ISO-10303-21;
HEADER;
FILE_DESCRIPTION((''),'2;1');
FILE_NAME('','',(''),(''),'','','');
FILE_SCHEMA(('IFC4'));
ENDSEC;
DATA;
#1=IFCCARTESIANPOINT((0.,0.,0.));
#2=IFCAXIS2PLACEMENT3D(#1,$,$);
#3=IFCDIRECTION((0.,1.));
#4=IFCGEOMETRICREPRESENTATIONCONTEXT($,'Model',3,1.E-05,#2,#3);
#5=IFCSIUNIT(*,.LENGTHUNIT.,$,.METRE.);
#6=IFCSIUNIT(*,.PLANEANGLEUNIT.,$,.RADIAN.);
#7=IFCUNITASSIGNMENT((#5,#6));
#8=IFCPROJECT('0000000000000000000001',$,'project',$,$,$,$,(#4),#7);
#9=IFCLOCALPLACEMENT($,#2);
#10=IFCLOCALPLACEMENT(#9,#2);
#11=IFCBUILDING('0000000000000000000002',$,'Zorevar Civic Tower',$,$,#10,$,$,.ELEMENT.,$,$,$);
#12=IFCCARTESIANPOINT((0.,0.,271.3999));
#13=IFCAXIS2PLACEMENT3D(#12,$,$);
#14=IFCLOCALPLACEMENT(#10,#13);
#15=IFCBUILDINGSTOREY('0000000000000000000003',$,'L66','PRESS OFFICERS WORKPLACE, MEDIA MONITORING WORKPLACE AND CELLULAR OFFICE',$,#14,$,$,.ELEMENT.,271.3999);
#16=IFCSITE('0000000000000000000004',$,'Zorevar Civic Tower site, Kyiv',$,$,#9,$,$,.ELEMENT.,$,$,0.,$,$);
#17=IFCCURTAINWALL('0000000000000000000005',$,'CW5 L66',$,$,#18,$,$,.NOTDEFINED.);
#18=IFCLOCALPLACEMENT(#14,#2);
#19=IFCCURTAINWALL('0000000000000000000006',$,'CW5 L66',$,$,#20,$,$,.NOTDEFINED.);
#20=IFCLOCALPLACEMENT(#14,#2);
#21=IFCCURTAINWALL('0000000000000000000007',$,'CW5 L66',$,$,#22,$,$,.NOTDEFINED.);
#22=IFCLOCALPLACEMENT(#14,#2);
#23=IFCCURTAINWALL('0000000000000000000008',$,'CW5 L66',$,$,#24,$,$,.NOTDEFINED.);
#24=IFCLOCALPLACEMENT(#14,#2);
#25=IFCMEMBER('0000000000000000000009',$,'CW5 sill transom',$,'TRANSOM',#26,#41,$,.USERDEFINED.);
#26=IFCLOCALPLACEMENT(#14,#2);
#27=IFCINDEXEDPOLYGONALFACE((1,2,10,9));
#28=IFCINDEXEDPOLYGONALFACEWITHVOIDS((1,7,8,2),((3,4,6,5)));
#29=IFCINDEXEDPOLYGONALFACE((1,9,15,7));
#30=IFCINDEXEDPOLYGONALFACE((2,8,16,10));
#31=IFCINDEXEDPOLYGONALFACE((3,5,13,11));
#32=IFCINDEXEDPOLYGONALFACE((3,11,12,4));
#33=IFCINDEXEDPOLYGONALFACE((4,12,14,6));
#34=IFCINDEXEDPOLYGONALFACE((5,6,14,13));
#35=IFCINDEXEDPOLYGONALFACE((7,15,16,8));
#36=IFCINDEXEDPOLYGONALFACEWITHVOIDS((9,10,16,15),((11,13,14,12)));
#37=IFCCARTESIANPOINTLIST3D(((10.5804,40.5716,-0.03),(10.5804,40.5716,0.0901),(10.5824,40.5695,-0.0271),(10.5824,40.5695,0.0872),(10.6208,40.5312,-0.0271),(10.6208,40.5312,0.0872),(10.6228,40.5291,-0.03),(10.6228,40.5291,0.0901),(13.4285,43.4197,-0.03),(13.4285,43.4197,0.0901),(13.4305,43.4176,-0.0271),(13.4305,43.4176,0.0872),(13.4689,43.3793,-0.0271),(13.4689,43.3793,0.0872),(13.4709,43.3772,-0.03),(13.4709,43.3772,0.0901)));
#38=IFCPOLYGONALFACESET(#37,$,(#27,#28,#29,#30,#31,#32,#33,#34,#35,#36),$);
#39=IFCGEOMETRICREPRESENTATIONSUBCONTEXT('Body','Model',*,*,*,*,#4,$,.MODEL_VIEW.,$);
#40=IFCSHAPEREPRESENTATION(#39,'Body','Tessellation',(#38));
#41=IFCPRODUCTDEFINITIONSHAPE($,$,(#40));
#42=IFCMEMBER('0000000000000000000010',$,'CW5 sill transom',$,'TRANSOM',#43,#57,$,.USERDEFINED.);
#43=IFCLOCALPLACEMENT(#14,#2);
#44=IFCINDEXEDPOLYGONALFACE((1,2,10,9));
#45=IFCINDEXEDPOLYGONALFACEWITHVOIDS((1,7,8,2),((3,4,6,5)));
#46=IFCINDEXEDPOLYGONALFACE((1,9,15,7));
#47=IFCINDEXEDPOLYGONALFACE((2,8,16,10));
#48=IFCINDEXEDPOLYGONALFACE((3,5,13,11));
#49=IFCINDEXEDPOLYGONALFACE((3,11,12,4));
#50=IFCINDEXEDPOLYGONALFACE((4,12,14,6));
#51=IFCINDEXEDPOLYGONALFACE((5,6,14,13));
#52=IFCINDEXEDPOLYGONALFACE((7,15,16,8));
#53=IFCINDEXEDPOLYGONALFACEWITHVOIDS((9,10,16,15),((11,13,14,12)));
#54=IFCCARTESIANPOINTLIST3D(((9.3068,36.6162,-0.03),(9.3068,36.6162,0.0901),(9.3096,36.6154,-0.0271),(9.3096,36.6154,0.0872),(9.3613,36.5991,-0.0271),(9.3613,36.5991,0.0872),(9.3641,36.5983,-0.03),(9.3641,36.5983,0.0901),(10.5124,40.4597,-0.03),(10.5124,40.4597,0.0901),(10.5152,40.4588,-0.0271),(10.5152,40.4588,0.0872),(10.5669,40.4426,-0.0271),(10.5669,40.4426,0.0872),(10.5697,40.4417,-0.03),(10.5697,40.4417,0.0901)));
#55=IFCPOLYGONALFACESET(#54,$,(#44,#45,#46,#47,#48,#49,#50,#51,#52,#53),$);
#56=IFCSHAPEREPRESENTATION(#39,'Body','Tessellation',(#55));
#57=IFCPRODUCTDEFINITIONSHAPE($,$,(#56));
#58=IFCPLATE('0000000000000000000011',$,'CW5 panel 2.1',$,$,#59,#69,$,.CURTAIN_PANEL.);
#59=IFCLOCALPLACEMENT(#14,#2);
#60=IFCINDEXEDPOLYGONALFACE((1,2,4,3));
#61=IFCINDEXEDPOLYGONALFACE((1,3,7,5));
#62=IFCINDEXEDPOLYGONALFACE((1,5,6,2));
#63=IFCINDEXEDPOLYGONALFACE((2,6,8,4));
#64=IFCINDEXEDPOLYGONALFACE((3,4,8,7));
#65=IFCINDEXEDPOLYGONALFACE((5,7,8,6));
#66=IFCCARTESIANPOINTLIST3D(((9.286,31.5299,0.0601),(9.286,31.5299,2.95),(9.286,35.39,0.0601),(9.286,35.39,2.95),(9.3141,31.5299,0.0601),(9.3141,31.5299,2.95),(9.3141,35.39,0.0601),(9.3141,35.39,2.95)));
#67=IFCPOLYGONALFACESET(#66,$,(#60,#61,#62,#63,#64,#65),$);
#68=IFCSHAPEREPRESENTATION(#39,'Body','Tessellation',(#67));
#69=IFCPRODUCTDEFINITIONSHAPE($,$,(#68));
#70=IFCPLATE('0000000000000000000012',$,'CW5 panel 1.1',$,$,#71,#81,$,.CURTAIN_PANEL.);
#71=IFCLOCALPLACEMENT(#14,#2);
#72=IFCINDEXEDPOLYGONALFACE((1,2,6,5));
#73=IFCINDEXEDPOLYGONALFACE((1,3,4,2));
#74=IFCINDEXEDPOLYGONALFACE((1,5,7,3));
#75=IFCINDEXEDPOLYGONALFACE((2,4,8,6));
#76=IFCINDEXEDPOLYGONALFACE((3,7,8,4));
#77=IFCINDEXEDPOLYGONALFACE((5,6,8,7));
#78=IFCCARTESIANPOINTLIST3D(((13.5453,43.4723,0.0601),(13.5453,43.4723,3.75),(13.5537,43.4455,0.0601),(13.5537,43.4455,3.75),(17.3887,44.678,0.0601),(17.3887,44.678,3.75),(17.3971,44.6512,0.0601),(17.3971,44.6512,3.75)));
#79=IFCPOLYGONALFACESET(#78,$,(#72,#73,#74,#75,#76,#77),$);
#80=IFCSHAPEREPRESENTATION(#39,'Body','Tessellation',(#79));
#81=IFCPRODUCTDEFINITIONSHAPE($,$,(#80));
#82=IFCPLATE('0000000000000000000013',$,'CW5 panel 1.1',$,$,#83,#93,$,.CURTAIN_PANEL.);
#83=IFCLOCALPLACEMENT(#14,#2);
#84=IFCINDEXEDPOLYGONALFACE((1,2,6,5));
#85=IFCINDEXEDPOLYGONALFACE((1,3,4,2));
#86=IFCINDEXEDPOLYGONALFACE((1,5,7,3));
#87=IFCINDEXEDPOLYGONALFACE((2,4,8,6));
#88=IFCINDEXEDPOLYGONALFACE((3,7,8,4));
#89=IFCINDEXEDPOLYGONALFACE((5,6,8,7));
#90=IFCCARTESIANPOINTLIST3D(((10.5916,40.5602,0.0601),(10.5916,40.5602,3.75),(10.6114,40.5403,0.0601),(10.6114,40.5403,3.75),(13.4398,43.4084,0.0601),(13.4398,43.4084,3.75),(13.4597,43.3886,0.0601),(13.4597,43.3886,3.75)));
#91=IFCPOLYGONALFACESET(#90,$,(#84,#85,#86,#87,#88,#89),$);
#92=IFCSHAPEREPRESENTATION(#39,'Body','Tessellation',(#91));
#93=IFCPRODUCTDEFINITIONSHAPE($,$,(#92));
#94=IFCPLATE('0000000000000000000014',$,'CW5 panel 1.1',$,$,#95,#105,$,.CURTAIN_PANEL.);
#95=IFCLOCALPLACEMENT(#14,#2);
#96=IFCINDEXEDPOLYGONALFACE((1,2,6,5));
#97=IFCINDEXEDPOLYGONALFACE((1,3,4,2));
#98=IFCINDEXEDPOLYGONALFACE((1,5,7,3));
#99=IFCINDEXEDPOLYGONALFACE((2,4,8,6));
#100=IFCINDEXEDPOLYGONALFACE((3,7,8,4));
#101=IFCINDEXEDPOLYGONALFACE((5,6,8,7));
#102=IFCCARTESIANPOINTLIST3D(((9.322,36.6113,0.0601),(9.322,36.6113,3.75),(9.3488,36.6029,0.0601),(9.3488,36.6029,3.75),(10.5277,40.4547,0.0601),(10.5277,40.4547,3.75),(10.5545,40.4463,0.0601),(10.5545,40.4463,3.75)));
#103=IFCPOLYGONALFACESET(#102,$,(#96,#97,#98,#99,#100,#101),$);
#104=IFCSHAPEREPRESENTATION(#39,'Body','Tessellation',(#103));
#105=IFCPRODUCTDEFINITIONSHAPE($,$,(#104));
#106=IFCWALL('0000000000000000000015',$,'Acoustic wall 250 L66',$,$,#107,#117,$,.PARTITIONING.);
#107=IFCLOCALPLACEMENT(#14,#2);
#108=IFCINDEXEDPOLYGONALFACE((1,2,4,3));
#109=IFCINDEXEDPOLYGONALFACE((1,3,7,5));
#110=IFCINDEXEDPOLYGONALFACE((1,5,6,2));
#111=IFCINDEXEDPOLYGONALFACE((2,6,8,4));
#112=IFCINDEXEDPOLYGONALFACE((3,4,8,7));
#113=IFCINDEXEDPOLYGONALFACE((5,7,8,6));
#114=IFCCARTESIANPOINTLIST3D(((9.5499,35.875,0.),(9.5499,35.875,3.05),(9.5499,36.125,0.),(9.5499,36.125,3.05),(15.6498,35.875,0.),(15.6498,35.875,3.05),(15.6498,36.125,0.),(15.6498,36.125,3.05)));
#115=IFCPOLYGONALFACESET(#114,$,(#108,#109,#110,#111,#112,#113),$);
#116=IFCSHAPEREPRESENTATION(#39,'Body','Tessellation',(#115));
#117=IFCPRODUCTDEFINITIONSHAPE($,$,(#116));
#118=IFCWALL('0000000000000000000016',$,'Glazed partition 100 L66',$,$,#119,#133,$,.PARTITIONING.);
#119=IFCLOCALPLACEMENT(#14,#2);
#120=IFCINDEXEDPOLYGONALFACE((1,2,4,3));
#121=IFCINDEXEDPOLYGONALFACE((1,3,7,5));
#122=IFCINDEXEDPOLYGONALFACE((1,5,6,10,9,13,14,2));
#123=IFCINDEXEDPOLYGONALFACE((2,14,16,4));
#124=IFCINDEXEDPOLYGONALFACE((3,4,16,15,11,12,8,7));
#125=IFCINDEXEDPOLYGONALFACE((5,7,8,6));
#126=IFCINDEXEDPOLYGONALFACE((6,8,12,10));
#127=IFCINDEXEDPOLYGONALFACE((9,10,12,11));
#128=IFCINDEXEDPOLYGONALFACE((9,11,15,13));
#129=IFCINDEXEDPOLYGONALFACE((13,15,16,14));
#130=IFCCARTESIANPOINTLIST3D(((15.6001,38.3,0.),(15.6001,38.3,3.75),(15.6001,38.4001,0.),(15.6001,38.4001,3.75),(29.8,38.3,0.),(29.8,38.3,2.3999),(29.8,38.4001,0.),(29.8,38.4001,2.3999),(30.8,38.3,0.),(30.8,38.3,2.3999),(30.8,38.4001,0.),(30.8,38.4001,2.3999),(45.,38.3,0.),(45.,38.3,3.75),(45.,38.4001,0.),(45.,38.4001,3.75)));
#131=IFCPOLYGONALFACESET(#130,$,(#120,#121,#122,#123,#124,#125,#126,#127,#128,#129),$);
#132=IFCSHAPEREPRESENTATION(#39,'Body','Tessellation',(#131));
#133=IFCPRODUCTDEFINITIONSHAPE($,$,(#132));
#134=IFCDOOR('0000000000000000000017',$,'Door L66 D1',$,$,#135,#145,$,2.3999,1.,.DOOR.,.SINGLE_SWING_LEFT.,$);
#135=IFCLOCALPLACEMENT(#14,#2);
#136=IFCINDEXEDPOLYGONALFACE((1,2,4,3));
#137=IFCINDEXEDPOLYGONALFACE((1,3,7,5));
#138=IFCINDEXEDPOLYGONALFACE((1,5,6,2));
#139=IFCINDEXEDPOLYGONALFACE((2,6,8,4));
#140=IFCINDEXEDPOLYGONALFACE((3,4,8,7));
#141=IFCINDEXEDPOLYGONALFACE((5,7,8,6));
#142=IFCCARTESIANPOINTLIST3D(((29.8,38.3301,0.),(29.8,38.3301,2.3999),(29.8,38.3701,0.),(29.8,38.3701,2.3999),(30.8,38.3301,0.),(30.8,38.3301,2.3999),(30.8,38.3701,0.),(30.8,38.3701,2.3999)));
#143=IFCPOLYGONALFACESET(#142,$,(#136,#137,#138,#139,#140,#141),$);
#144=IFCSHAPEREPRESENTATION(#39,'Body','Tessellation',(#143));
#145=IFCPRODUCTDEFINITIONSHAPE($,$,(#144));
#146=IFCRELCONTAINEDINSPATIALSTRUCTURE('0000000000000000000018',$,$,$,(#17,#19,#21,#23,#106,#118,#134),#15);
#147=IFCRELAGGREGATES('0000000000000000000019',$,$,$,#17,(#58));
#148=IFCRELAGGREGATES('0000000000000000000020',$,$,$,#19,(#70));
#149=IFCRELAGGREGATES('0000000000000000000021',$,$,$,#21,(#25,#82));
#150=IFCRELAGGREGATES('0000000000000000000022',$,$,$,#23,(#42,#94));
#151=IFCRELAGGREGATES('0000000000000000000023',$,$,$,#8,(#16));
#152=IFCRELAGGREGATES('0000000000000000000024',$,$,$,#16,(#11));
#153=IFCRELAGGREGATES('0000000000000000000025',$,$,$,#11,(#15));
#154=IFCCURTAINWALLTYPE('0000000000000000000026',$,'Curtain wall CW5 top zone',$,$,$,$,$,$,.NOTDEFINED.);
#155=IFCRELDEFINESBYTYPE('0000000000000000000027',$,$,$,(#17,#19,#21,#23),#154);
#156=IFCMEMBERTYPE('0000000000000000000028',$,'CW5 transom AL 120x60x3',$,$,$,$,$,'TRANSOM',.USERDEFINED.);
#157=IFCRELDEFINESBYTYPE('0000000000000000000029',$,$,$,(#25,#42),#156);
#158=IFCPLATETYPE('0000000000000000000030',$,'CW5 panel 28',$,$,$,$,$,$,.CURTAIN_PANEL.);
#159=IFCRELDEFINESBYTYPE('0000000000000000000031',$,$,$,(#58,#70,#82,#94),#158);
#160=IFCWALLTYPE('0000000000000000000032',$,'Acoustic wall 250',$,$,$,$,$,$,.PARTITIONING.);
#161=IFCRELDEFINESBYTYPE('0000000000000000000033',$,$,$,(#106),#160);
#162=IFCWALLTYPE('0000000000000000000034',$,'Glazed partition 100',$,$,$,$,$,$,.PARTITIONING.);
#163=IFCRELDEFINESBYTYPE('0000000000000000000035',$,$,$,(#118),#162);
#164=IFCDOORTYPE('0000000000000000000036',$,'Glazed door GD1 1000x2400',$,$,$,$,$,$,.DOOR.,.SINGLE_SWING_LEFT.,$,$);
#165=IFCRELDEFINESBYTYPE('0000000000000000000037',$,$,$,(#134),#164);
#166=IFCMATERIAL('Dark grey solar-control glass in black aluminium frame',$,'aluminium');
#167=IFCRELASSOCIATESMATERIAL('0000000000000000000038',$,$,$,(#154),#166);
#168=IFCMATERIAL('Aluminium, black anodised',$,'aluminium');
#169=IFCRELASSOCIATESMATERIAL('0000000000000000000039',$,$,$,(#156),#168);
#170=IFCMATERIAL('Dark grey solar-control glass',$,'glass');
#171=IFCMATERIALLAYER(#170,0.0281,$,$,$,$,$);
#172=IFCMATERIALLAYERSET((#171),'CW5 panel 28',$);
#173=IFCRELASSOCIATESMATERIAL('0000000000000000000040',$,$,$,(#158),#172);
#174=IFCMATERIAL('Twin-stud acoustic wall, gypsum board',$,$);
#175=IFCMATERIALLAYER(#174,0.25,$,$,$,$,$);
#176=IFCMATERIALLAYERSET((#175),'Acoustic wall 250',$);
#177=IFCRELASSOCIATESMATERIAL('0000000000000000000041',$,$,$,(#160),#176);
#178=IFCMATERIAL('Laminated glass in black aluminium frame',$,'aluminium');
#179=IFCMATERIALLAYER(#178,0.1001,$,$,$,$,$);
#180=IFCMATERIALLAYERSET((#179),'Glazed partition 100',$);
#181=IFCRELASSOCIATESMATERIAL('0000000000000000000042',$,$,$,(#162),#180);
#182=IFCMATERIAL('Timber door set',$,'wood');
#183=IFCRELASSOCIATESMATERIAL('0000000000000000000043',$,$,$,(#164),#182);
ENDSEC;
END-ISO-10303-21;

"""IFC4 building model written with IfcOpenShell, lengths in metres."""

from ifc_helpers import new_model, si_unit, direction, frame, frame_2d, origin, origin_2d, place, context, subcontext, project, spatial, rectangle, hollow_rectangle, extrude, material, layer, layer_set, material_profile, profile_set, type_object, element, fill, aggregate, save


model = new_model("IFC4")

# Units and contexts
model_context = context("Model", 3, precision=1e-05, world=origin(), true_north=direction((0.0, 1.0)))
body_context = subcontext(model_context, "Body", "Model", "MODEL_VIEW")
ifc_project = project(units=[si_unit("LENGTHUNIT", "METRE"), si_unit("PLANEANGLEUNIT", "RADIAN")], contexts=[model_context])

# Site, building, storey
site_placement = place(None, origin())
site = spatial("IfcSite", under=ifc_project, at=site_placement, Name="Zorevar Civic Tower site, Kyiv", CompositionType="ELEMENT", RefElevation=0.0)
building_placement = place(site_placement, origin())
building = spatial("IfcBuilding", under=site, at=building_placement, Name="Zorevar Civic Tower", CompositionType="ELEMENT")
storey_placement = place(building_placement, frame((0.0, 0.0, 271.3999)))
storey = spatial("IfcBuildingStorey", under=building, at=storey_placement, Name="L66", Description="PRESS OFFICERS WORKPLACE, MEDIA MONITORING WORKPLACE AND CELLULAR OFFICE", CompositionType="ELEMENT", Elevation=271.3999)

# Curtain wall
ifc_material_1 = material(Name="Dark grey solar-control glass in black aluminium frame", Category="aluminium")
curtain_wall_type = type_object("IfcCurtainWallType", Name="Curtain wall CW5 top zone", PredefinedType="NOTDEFINED", material=ifc_material_1)
curtain_wall_1_placement = place(storey_placement, origin())
curtain_wall_1 = element("IfcCurtainWall", 1, at=curtain_wall_1_placement, inside=storey, type_object=curtain_wall_type, Name="CW5 L66", PredefinedType="NOTDEFINED")

# Curtain walls
curtain_wall_2_placement = place(storey_placement, origin())
curtain_wall_2 = element("IfcCurtainWall", 2, at=curtain_wall_2_placement, inside=storey, type_object=curtain_wall_type, Name="CW5 L66", PredefinedType="NOTDEFINED")
curtain_wall_3_placement = place(storey_placement, origin())
curtain_wall_3 = element("IfcCurtainWall", 3, at=curtain_wall_3_placement, inside=storey, type_object=curtain_wall_type, Name="CW5 L66", PredefinedType="NOTDEFINED")
curtain_wall_4_placement = place(storey_placement, origin())
curtain_wall_4 = element("IfcCurtainWall", 4, at=curtain_wall_4_placement, inside=storey, type_object=curtain_wall_type, Name="CW5 L66", PredefinedType="NOTDEFINED")

# Members
ifc_material_2 = material(Name="Aluminium, black anodised", Category="aluminium")
ifc_material_profile_1 = material_profile(ifc_material_2, hollow_rectangle(XDim=0.0601, YDim=0.1201, WallThickness=0.0029, at=origin_2d()), Name="AL 120x60x3")
ifc_profile_set_1 = profile_set([ifc_material_profile_1], Name="Aluminium, black anodised")
member_type_1 = type_object("IfcMemberType", Name="CW5 transom AL 120x60x3", ElementType="TRANSOM", PredefinedType="USERDEFINED", material=ifc_profile_set_1)
member_1_placement = place(storey_placement, frame((13.4497, 43.3984, 0.03), z_axis=(-0.707107, -0.707107, 0.0), x_axis=(0.707107, -0.707107, 0.0)))
member_1 = element("IfcMember", 5, at=member_1_placement, type_object=member_type_1, Name="CW5 sill transom", ObjectType="TRANSOM", PredefinedType="USERDEFINED", context=body_context, shape_type="SweptSolid", body=[
    extrude(hollow_rectangle(XDim=0.0601, YDim=0.1201, WallThickness=0.0029, at=origin_2d()), origin(), (0.0, 0.0, 1.0), 4.0278),
])
member_2_placement = place(storey_placement, frame((10.541, 40.4507, 0.03), z_axis=(-0.299286, -0.954163, 0.0), x_axis=(0.954163, -0.299286, 0.0)))
member_2 = element("IfcMember", 6, at=member_2_placement, type_object=member_type_1, Name="CW5 sill transom", ObjectType="TRANSOM", PredefinedType="USERDEFINED", context=body_context, shape_type="SweptSolid", body=[
    extrude(hollow_rectangle(XDim=0.0601, YDim=0.1201, WallThickness=0.0029, at=origin_2d()), origin(), (0.0, 0.0, 1.0), 4.0281),
])

# Plates
ifc_material_3 = material(Name="Dark grey solar-control glass", Category="glass")
ifc_layer_1 = layer(ifc_material_3, 0.0281)
ifc_layer_set_1 = layer_set([ifc_layer_1], Name="CW5 panel 28")
plate_type = type_object("IfcPlateType", Name="CW5 panel 28", PredefinedType="CURTAIN_PANEL", material=ifc_layer_set_1)
plate_1_placement = place(storey_placement, frame((9.3, 33.46, 0.0601), z_axis=(0.0, 0.0, 1.0), x_axis=(0.0, 1.0, 0.0)))
plate_1 = element("IfcPlate", 7, at=plate_1_placement, type_object=plate_type, Name="CW5 panel 2.1", PredefinedType="CURTAIN_PANEL", context=body_context, shape_type="SweptSolid", body=[
    extrude(rectangle(XDim=3.8601, YDim=0.0281, at=origin_2d()), origin(), (0.0, 0.0, 1.0), 2.8899),
])
aggregate(curtain_wall_1, [plate_1])
plate_2_placement = place(storey_placement, frame((15.4712, 44.0618, 0.0601), z_axis=(0.0, 0.0, 1.0), x_axis=(-0.954153, -0.299318, 0.0)))
plate_2 = element("IfcPlate", 8, at=plate_2_placement, type_object=plate_type, Name="CW5 panel 1.1", PredefinedType="CURTAIN_PANEL", context=body_context, shape_type="SweptSolid", body=[
    extrude(rectangle(XDim=4.0281, YDim=0.0281, at=origin_2d()), origin(), (0.0, 0.0, 1.0), 3.6899),
])
aggregate(curtain_wall_2, [plate_2])
plate_3_placement = place(storey_placement, frame((12.0256, 41.9744, 0.0601), z_axis=(0.0, 0.0, 1.0), x_axis=(-0.707107, -0.707107, 0.0)))
plate_3 = element("IfcPlate", 9, at=plate_3_placement, type_object=plate_type, Name="CW5 panel 1.1", PredefinedType="CURTAIN_PANEL", context=body_context, shape_type="SweptSolid", body=[
    extrude(rectangle(XDim=4.0281, YDim=0.0281, at=origin_2d()), origin(), (0.0, 0.0, 1.0), 3.6899),
])
aggregate(curtain_wall_3, [member_1, plate_3])
plate_4_placement = place(storey_placement, frame((9.9382, 38.5288, 0.0601), z_axis=(0.0, 0.0, 1.0), x_axis=(-0.299318, -0.954153, 0.0)))
plate_4 = element("IfcPlate", 10, at=plate_4_placement, type_object=plate_type, Name="CW5 panel 1.1", PredefinedType="CURTAIN_PANEL", context=body_context, shape_type="SweptSolid", body=[
    extrude(rectangle(XDim=4.0281, YDim=0.0281, at=origin_2d()), origin(), (0.0, 0.0, 1.0), 3.6899),
])
aggregate(curtain_wall_4, [member_2, plate_4])

# Wall
ifc_material_4 = material(Name="Twin-stud acoustic wall, gypsum board")
ifc_layer_2 = layer(ifc_material_4, 0.25)
ifc_layer_set_2 = layer_set([ifc_layer_2], Name="Acoustic wall 250")
wall_type_1 = type_object("IfcWallType", Name="Acoustic wall 250", PredefinedType="PARTITIONING", material=ifc_layer_set_2)
wall_1_placement = place(storey_placement, frame((9.55, 36.0, 0.0), z_axis=(0.0, 0.0, 1.0), x_axis=(1.0, 0.0, 0.0)))
element("IfcWall", 11, at=wall_1_placement, inside=storey, type_object=wall_type_1, Name="Acoustic wall 250 L66", PredefinedType="PARTITIONING", context=body_context, shape_type="SweptSolid", body=[
    extrude(rectangle(XDim=6.0999, YDim=0.25, at=frame_2d((3.0498, 0.0))), origin(), (0.0, 0.0, 1.0), 3.05),
])

# Wall, opening, door
ifc_material_5 = material(Name="Laminated glass in black aluminium frame", Category="aluminium")
ifc_layer_3 = layer(ifc_material_5, 0.1001)
ifc_layer_set_3 = layer_set([ifc_layer_3], Name="Glazed partition 100")
wall_type_2 = type_object("IfcWallType", Name="Glazed partition 100", PredefinedType="PARTITIONING", material=ifc_layer_set_3)
wall_2_placement = place(storey_placement, frame((15.6001, 38.3501, 0.0), z_axis=(0.0, 0.0, 1.0), x_axis=(1.0, 0.0, 0.0)))
wall_2 = element("IfcWall", 12, at=wall_2_placement, inside=storey, type_object=wall_type_2, Name="Glazed partition 100 L66", PredefinedType="PARTITIONING", context=body_context, shape_type="SweptSolid", body=[
    extrude(rectangle(XDim=29.3999, YDim=0.1001, at=frame_2d((14.7, 0.0))), origin(), (0.0, 0.0, 1.0), 3.75),
])
opening_1_placement = place(wall_2_placement, frame((14.2, 0.0, 0.0)))
opening_1 = element("IfcOpeningElement", 13, at=opening_1_placement, cuts=wall_2, PredefinedType="OPENING", context=body_context, shape_type="SweptSolid", body=[
    extrude(rectangle(XDim=1.0, YDim=2.3999, at=frame_2d((0.5, 1.2))), frame((0.0, 0.0601, 0.0), z_axis=(0.0, -1.0, 0.0), x_axis=(1.0, 0.0, 0.0)), (0.0, 0.0, 1.0), 0.1201),
])
ifc_material_6 = material(Name="Timber door set", Category="wood")
door_type = type_object("IfcDoorType", Name="Glazed door GD1 1000x2400", OperationType="SINGLE_SWING_LEFT", PredefinedType="DOOR", material=ifc_material_6)
door_1_placement = place(opening_1_placement, origin())
door_1 = element("IfcDoor", 14, at=door_1_placement, inside=storey, type_object=door_type, Name="Door L66 D1", OperationType="SINGLE_SWING_LEFT", OverallHeight=2.3999, OverallWidth=1.0, PredefinedType="DOOR", context=body_context, shape_type="SweptSolid", body=[
    extrude(rectangle(XDim=1.0, YDim=2.3999, at=frame_2d((0.5, 1.2))), frame((0.0, 0.02, 0.0), z_axis=(0.0, -1.0, 0.0), x_axis=(1.0, 0.0, 0.0)), (0.0, 0.0, 1.0), 0.04),
])
fill(opening_1, door_1)

save(model, "model.ifc")
